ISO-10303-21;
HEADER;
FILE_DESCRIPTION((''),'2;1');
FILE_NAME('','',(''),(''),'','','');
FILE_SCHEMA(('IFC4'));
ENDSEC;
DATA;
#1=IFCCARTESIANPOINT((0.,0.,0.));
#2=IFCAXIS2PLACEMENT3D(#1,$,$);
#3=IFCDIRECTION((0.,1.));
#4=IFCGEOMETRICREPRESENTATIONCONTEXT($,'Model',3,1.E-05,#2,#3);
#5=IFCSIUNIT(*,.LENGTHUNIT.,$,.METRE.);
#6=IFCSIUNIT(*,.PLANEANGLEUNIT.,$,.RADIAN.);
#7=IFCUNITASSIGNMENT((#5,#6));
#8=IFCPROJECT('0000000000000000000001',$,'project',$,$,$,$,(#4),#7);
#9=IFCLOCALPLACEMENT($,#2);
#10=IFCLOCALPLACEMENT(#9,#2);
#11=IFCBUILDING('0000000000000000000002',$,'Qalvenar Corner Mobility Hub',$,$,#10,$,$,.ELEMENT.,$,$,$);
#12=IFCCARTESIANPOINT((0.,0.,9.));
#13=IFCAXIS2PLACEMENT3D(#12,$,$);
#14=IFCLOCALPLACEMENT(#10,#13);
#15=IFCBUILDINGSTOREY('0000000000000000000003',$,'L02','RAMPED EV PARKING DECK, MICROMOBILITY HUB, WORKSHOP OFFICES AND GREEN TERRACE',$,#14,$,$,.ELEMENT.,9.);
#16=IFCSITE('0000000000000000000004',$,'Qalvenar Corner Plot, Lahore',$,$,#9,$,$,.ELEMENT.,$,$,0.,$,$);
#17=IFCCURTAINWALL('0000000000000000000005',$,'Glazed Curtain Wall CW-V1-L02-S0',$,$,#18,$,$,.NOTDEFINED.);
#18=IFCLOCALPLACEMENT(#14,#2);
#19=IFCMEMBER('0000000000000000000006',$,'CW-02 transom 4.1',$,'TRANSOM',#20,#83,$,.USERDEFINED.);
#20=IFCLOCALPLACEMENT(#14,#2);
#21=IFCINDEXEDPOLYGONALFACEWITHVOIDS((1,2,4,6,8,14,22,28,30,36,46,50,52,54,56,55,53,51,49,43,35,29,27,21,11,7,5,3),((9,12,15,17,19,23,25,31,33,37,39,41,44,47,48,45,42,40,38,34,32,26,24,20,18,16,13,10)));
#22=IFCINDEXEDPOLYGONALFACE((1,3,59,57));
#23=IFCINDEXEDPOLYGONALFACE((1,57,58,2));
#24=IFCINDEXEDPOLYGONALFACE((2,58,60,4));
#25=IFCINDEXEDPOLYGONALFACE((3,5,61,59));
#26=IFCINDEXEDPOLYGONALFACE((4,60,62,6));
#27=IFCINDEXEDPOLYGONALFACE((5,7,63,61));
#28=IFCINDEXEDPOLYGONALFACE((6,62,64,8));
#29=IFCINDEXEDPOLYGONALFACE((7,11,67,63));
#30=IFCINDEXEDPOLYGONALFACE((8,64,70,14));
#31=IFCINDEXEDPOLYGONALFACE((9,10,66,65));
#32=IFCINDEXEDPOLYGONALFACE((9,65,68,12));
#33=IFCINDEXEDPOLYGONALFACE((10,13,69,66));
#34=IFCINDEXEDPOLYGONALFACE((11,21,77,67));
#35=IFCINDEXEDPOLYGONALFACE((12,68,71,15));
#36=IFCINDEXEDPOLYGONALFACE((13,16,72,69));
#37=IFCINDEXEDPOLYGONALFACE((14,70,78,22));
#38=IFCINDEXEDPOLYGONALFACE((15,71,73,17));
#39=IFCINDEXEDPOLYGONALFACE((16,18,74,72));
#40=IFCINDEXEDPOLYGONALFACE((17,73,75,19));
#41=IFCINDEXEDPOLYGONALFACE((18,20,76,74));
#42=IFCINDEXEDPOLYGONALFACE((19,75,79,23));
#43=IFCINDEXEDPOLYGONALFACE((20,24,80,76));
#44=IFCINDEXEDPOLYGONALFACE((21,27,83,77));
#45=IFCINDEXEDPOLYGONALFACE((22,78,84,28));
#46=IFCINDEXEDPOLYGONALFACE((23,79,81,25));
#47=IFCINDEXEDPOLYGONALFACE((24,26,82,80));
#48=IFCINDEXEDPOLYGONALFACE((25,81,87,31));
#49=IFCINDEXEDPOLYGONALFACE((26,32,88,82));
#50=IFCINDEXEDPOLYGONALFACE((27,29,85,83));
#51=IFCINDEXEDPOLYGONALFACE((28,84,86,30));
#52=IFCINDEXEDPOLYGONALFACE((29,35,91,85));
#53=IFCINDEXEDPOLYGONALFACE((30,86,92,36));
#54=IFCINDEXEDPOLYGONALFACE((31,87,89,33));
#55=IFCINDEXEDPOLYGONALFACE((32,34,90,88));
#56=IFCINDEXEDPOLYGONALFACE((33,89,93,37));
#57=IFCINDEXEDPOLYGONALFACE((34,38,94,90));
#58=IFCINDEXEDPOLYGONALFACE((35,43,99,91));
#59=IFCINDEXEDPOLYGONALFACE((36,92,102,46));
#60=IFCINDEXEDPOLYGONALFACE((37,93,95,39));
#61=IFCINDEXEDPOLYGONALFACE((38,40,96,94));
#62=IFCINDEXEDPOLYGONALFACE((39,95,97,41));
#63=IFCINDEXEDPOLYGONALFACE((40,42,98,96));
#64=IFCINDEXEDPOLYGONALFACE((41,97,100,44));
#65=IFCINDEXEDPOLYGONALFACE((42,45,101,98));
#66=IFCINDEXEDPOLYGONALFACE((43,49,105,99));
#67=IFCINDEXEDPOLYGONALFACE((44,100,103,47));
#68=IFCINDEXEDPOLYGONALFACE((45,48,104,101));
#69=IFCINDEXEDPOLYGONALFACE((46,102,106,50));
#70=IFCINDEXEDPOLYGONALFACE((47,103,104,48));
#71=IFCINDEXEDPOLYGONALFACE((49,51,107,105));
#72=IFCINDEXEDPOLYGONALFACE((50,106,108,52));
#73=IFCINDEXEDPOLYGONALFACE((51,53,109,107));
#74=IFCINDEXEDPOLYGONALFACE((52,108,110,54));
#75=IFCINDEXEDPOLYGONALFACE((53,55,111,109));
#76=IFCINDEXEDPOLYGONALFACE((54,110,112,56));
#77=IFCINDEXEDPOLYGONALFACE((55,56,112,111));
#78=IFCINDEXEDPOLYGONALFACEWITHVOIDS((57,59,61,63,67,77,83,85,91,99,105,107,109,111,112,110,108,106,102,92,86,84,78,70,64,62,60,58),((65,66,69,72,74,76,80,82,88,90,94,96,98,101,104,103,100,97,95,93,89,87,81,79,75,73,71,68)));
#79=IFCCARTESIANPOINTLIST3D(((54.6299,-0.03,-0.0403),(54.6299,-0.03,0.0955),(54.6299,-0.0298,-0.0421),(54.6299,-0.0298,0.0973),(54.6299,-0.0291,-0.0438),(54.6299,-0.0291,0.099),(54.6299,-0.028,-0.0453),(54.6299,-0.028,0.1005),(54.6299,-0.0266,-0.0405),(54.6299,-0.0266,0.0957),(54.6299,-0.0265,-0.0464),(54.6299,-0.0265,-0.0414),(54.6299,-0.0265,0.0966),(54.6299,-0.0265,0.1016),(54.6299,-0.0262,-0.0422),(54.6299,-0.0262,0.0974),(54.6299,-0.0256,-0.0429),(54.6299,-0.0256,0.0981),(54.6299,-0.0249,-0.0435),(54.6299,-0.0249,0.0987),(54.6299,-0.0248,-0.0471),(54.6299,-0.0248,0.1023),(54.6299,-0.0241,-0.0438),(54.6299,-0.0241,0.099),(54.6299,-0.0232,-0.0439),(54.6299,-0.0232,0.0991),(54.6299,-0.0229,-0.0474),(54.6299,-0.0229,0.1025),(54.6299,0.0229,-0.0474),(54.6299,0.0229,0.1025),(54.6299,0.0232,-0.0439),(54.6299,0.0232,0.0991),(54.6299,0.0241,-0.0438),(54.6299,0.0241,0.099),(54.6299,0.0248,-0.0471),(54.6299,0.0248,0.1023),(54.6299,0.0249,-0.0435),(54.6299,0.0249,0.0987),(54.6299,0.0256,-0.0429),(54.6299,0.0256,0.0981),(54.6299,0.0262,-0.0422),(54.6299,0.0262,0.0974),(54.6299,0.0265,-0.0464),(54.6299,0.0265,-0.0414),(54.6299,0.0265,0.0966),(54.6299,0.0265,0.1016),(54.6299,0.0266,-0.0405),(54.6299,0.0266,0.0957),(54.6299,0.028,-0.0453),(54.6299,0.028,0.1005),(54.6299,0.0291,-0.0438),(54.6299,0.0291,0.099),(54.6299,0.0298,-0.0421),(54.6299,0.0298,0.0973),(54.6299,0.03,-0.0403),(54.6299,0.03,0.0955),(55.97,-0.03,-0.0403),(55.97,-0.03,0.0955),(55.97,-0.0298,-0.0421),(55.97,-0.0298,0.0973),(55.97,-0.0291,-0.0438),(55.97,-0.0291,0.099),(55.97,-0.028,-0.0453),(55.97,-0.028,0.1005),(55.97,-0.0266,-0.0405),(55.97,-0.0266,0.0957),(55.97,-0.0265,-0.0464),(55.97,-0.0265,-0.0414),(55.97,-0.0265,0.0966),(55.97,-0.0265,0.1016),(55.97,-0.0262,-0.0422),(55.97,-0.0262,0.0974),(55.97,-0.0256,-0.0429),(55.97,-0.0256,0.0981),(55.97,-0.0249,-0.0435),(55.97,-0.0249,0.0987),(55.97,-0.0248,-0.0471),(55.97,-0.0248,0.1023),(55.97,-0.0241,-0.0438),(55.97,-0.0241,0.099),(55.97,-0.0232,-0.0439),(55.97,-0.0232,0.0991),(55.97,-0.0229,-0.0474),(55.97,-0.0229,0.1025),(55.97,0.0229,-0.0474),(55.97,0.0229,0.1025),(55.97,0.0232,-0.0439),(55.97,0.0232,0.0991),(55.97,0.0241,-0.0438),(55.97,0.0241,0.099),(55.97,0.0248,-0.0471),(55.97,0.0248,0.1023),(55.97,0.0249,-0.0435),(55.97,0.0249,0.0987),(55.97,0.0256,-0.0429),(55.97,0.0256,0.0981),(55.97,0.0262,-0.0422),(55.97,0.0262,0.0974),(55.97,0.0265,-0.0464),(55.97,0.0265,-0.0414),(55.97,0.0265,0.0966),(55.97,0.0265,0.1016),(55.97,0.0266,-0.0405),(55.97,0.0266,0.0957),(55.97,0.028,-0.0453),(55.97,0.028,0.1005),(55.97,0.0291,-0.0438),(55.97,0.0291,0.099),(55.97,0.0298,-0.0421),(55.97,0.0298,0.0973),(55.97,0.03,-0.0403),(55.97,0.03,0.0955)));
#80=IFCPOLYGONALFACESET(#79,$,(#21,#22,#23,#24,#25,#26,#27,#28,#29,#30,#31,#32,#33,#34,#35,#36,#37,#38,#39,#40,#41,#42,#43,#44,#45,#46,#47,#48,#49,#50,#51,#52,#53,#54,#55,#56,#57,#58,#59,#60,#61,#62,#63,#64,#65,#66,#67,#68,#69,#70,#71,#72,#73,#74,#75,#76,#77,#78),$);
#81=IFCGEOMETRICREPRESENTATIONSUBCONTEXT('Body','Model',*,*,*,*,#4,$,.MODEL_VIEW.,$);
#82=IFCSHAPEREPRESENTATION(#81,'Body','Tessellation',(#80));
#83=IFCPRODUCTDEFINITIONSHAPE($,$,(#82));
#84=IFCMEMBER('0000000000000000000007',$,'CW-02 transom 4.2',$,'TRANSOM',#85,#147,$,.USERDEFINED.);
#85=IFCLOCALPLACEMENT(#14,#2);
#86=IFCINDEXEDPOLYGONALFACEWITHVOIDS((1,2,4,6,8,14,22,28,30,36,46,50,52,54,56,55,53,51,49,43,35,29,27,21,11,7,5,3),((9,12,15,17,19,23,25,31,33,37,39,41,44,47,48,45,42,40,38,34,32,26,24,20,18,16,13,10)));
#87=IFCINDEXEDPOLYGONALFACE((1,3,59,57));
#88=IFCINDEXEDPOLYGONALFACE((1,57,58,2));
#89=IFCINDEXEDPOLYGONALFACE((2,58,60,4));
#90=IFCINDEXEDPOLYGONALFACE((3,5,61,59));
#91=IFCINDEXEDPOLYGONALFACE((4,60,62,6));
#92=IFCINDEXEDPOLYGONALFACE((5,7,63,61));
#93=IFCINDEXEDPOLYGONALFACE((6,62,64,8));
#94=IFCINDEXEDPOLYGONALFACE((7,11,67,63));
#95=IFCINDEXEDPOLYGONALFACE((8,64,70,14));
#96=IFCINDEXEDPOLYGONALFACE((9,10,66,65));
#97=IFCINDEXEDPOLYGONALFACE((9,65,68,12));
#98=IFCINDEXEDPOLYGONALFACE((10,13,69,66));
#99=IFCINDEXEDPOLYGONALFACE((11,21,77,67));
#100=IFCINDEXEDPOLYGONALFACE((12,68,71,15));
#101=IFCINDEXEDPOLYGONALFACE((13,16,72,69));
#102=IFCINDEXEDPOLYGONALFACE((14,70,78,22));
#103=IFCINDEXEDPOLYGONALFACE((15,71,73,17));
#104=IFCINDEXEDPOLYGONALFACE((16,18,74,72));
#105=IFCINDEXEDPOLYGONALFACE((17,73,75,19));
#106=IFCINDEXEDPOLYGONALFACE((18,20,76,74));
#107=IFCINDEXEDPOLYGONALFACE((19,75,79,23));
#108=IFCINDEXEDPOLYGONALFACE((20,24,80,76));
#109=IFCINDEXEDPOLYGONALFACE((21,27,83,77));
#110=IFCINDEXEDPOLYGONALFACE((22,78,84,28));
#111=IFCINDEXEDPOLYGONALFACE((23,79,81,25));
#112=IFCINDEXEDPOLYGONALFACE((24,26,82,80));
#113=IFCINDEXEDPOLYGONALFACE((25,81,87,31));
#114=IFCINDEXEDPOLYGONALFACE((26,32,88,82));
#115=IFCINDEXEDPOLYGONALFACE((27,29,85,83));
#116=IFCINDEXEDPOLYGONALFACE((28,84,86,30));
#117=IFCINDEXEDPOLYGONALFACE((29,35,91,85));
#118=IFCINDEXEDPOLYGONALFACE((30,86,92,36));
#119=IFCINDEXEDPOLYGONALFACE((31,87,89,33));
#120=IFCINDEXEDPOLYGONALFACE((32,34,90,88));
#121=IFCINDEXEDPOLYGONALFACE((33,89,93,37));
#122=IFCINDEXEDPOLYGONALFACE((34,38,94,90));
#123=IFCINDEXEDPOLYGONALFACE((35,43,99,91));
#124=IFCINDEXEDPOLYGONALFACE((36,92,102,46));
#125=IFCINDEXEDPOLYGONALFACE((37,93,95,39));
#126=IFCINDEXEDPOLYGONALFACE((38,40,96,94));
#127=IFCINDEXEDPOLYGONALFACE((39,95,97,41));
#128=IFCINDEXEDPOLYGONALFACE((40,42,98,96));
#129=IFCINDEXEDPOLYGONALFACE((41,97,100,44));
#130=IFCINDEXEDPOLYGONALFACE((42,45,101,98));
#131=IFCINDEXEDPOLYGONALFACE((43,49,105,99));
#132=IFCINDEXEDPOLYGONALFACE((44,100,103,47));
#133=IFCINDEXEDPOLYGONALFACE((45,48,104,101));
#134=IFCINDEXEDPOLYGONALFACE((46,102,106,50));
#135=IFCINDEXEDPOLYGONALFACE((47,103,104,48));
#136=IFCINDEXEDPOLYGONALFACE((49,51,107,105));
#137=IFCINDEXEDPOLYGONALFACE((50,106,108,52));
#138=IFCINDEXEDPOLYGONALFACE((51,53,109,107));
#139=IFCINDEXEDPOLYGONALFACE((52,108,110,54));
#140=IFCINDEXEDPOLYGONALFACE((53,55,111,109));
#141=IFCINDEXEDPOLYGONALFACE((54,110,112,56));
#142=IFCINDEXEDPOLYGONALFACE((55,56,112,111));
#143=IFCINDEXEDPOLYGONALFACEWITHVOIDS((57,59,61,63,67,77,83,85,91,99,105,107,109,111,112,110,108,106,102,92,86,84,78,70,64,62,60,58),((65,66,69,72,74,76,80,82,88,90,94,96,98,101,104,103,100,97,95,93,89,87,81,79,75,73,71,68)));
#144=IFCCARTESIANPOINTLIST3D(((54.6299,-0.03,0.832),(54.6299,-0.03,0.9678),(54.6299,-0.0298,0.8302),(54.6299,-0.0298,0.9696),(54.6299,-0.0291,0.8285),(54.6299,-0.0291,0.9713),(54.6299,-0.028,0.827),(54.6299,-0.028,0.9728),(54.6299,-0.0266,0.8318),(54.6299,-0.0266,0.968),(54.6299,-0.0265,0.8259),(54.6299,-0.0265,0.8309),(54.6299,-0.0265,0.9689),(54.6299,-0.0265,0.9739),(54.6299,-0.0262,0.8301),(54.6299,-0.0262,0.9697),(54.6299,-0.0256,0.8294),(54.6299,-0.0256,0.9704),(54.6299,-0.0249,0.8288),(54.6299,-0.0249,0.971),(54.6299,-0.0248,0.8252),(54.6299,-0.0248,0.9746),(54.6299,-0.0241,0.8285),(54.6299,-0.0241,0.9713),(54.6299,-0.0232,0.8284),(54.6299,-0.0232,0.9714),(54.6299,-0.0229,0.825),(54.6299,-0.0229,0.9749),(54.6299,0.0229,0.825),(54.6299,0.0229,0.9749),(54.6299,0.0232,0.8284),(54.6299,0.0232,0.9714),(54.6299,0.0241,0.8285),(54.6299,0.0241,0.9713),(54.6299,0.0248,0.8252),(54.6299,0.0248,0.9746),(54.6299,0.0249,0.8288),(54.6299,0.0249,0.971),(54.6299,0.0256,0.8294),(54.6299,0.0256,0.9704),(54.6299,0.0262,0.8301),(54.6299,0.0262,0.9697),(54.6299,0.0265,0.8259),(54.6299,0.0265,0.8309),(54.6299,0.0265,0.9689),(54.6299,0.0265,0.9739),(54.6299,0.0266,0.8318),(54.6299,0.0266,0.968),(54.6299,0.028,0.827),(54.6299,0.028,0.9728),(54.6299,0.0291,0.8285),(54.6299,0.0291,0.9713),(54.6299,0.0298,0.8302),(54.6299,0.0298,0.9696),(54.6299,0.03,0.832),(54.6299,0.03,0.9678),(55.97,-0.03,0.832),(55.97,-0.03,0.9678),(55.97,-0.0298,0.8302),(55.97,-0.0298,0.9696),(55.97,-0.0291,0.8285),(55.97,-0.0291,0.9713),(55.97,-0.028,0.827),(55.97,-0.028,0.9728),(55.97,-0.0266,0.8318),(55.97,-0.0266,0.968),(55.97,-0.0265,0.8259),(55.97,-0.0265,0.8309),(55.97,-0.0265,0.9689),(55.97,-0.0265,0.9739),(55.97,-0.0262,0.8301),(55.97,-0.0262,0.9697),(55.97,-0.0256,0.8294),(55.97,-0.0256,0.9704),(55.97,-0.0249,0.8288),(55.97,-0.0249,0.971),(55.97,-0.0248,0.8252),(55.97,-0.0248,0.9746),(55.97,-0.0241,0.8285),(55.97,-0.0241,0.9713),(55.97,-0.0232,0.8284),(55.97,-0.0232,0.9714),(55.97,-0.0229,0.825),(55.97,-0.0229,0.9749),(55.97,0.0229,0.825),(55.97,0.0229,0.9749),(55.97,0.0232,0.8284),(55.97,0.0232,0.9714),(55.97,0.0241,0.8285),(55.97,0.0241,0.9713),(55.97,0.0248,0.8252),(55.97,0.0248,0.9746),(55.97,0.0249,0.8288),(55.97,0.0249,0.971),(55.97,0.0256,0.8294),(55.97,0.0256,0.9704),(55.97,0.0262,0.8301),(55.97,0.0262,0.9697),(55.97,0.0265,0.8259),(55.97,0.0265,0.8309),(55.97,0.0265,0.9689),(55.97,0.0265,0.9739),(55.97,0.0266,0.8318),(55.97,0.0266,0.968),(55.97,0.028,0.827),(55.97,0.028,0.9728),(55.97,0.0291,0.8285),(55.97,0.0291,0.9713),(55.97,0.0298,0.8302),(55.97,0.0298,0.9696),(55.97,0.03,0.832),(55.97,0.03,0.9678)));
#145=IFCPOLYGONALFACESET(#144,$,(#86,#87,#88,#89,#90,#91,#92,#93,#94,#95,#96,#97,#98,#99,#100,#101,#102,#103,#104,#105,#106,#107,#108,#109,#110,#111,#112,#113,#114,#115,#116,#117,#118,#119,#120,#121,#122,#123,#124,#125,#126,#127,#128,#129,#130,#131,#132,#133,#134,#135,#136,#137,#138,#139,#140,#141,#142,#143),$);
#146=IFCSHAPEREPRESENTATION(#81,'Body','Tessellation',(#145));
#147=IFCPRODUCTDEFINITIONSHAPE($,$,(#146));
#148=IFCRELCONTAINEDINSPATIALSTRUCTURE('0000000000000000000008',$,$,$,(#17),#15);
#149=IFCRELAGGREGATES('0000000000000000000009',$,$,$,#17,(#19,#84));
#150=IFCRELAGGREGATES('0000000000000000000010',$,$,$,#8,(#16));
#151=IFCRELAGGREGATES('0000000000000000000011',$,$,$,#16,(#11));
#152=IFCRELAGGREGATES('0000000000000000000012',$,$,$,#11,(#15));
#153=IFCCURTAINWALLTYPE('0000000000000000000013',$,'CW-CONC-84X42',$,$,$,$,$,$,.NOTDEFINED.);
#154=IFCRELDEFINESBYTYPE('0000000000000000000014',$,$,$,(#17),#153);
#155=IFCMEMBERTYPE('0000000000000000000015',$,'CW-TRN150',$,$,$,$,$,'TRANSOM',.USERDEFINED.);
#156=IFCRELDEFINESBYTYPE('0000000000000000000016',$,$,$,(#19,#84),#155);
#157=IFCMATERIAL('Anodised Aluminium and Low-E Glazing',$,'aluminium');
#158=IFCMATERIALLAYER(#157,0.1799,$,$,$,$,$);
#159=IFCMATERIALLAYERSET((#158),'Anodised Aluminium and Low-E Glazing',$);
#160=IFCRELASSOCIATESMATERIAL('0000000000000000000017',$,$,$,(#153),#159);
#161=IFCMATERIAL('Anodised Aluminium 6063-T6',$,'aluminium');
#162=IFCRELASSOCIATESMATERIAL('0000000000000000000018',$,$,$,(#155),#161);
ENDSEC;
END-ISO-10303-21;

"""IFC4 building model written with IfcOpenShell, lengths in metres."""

from ifc_helpers import new_model, si_unit, direction, frame, origin, origin_2d, place, context, subcontext, project, spatial, hollow_rectangle, extrude, material, layer, layer_set, material_profile, profile_set, type_object, element, aggregate, save


model = new_model("IFC4")

# Units and contexts
model_context = context("Model", 3, precision=1e-05, world=origin(), true_north=direction((0.0, 1.0)))
body_context = subcontext(model_context, "Body", "Model", "MODEL_VIEW")
ifc_project = project(units=[si_unit("LENGTHUNIT", "METRE"), si_unit("PLANEANGLEUNIT", "RADIAN")], contexts=[model_context])

# Site, building, storey
site_placement = place(None, origin())
site = spatial("IfcSite", under=ifc_project, at=site_placement, Name="Qalvenar Corner Plot, Lahore", CompositionType="ELEMENT", RefElevation=0.0)
building_placement = place(site_placement, origin())
building = spatial("IfcBuilding", under=site, at=building_placement, Name="Qalvenar Corner Mobility Hub", CompositionType="ELEMENT")
storey_placement = place(building_placement, frame((0.0, 0.0, 9.0)))
storey = spatial("IfcBuildingStorey", under=building, at=storey_placement, Name="L02", Description="RAMPED EV PARKING DECK, MICROMOBILITY HUB, WORKSHOP OFFICES AND GREEN TERRACE", CompositionType="ELEMENT", Elevation=9.0)

# Curtain wall, members
ifc_material_1 = material(Name="Anodised Aluminium and Low-E Glazing", Category="aluminium")
ifc_layer_1 = layer(ifc_material_1, 0.1799)
ifc_layer_set_1 = layer_set([ifc_layer_1], Name="Anodised Aluminium and Low-E Glazing")
curtain_wall_type = type_object("IfcCurtainWallType", Name="CW-CONC-84X42", PredefinedType="NOTDEFINED", material=ifc_layer_set_1)
curtain_wall_placement = place(storey_placement, origin())
curtain_wall = element("IfcCurtainWall", 1, at=curtain_wall_placement, inside=storey, type_object=curtain_wall_type, Name="Glazed Curtain Wall CW-V1-L02-S0", PredefinedType="NOTDEFINED")
ifc_material_2 = material(Name="Anodised Aluminium 6063-T6", Category="aluminium")
ifc_material_profile_1 = material_profile(ifc_material_2, hollow_rectangle(XDim=0.0601, YDim=0.1499, WallThickness=0.0034, InnerFilletRadius=0.0034, OuterFilletRadius=0.0071, at=origin_2d()), Name="RHS150x60x3.5")
ifc_profile_set_1 = profile_set([ifc_material_profile_1], Name="Anodised Aluminium 6063-T6")
member_type_1 = type_object("IfcMemberType", Name="CW-TRN150", ElementType="TRANSOM", PredefinedType="USERDEFINED", material=ifc_profile_set_1)
member_1_placement = place(storey_placement, frame((54.6299, 0.0, 0.0276), z_axis=(1.0, 0.0, 0.0), x_axis=(0.0, 1.0, 0.0)))
member_1 = element("IfcMember", 2, at=member_1_placement, type_object=member_type_1, Name="CW-02 transom 4.1", ObjectType="TRANSOM", PredefinedType="USERDEFINED", context=body_context, shape_type="SweptSolid", body=[
    extrude(hollow_rectangle(XDim=0.0601, YDim=0.1499, WallThickness=0.0034, InnerFilletRadius=0.0034, OuterFilletRadius=0.0071, at=origin_2d()), origin(), (0.0, 0.0, 1.0), 1.3401),
])
member_2_placement = place(storey_placement, frame((54.6299, 0.0, 0.8999), z_axis=(1.0, 0.0, 0.0), x_axis=(0.0, 1.0, 0.0)))
member_2 = element("IfcMember", 3, at=member_2_placement, type_object=member_type_1, Name="CW-02 transom 4.2", ObjectType="TRANSOM", PredefinedType="USERDEFINED", context=body_context, shape_type="SweptSolid", body=[
    extrude(hollow_rectangle(XDim=0.0601, YDim=0.1499, WallThickness=0.0034, InnerFilletRadius=0.0034, OuterFilletRadius=0.0071, at=origin_2d()), origin(), (0.0, 0.0, 1.0), 1.3401),
])
aggregate(curtain_wall, [member_1, member_2])

save(model, "model.ifc")
